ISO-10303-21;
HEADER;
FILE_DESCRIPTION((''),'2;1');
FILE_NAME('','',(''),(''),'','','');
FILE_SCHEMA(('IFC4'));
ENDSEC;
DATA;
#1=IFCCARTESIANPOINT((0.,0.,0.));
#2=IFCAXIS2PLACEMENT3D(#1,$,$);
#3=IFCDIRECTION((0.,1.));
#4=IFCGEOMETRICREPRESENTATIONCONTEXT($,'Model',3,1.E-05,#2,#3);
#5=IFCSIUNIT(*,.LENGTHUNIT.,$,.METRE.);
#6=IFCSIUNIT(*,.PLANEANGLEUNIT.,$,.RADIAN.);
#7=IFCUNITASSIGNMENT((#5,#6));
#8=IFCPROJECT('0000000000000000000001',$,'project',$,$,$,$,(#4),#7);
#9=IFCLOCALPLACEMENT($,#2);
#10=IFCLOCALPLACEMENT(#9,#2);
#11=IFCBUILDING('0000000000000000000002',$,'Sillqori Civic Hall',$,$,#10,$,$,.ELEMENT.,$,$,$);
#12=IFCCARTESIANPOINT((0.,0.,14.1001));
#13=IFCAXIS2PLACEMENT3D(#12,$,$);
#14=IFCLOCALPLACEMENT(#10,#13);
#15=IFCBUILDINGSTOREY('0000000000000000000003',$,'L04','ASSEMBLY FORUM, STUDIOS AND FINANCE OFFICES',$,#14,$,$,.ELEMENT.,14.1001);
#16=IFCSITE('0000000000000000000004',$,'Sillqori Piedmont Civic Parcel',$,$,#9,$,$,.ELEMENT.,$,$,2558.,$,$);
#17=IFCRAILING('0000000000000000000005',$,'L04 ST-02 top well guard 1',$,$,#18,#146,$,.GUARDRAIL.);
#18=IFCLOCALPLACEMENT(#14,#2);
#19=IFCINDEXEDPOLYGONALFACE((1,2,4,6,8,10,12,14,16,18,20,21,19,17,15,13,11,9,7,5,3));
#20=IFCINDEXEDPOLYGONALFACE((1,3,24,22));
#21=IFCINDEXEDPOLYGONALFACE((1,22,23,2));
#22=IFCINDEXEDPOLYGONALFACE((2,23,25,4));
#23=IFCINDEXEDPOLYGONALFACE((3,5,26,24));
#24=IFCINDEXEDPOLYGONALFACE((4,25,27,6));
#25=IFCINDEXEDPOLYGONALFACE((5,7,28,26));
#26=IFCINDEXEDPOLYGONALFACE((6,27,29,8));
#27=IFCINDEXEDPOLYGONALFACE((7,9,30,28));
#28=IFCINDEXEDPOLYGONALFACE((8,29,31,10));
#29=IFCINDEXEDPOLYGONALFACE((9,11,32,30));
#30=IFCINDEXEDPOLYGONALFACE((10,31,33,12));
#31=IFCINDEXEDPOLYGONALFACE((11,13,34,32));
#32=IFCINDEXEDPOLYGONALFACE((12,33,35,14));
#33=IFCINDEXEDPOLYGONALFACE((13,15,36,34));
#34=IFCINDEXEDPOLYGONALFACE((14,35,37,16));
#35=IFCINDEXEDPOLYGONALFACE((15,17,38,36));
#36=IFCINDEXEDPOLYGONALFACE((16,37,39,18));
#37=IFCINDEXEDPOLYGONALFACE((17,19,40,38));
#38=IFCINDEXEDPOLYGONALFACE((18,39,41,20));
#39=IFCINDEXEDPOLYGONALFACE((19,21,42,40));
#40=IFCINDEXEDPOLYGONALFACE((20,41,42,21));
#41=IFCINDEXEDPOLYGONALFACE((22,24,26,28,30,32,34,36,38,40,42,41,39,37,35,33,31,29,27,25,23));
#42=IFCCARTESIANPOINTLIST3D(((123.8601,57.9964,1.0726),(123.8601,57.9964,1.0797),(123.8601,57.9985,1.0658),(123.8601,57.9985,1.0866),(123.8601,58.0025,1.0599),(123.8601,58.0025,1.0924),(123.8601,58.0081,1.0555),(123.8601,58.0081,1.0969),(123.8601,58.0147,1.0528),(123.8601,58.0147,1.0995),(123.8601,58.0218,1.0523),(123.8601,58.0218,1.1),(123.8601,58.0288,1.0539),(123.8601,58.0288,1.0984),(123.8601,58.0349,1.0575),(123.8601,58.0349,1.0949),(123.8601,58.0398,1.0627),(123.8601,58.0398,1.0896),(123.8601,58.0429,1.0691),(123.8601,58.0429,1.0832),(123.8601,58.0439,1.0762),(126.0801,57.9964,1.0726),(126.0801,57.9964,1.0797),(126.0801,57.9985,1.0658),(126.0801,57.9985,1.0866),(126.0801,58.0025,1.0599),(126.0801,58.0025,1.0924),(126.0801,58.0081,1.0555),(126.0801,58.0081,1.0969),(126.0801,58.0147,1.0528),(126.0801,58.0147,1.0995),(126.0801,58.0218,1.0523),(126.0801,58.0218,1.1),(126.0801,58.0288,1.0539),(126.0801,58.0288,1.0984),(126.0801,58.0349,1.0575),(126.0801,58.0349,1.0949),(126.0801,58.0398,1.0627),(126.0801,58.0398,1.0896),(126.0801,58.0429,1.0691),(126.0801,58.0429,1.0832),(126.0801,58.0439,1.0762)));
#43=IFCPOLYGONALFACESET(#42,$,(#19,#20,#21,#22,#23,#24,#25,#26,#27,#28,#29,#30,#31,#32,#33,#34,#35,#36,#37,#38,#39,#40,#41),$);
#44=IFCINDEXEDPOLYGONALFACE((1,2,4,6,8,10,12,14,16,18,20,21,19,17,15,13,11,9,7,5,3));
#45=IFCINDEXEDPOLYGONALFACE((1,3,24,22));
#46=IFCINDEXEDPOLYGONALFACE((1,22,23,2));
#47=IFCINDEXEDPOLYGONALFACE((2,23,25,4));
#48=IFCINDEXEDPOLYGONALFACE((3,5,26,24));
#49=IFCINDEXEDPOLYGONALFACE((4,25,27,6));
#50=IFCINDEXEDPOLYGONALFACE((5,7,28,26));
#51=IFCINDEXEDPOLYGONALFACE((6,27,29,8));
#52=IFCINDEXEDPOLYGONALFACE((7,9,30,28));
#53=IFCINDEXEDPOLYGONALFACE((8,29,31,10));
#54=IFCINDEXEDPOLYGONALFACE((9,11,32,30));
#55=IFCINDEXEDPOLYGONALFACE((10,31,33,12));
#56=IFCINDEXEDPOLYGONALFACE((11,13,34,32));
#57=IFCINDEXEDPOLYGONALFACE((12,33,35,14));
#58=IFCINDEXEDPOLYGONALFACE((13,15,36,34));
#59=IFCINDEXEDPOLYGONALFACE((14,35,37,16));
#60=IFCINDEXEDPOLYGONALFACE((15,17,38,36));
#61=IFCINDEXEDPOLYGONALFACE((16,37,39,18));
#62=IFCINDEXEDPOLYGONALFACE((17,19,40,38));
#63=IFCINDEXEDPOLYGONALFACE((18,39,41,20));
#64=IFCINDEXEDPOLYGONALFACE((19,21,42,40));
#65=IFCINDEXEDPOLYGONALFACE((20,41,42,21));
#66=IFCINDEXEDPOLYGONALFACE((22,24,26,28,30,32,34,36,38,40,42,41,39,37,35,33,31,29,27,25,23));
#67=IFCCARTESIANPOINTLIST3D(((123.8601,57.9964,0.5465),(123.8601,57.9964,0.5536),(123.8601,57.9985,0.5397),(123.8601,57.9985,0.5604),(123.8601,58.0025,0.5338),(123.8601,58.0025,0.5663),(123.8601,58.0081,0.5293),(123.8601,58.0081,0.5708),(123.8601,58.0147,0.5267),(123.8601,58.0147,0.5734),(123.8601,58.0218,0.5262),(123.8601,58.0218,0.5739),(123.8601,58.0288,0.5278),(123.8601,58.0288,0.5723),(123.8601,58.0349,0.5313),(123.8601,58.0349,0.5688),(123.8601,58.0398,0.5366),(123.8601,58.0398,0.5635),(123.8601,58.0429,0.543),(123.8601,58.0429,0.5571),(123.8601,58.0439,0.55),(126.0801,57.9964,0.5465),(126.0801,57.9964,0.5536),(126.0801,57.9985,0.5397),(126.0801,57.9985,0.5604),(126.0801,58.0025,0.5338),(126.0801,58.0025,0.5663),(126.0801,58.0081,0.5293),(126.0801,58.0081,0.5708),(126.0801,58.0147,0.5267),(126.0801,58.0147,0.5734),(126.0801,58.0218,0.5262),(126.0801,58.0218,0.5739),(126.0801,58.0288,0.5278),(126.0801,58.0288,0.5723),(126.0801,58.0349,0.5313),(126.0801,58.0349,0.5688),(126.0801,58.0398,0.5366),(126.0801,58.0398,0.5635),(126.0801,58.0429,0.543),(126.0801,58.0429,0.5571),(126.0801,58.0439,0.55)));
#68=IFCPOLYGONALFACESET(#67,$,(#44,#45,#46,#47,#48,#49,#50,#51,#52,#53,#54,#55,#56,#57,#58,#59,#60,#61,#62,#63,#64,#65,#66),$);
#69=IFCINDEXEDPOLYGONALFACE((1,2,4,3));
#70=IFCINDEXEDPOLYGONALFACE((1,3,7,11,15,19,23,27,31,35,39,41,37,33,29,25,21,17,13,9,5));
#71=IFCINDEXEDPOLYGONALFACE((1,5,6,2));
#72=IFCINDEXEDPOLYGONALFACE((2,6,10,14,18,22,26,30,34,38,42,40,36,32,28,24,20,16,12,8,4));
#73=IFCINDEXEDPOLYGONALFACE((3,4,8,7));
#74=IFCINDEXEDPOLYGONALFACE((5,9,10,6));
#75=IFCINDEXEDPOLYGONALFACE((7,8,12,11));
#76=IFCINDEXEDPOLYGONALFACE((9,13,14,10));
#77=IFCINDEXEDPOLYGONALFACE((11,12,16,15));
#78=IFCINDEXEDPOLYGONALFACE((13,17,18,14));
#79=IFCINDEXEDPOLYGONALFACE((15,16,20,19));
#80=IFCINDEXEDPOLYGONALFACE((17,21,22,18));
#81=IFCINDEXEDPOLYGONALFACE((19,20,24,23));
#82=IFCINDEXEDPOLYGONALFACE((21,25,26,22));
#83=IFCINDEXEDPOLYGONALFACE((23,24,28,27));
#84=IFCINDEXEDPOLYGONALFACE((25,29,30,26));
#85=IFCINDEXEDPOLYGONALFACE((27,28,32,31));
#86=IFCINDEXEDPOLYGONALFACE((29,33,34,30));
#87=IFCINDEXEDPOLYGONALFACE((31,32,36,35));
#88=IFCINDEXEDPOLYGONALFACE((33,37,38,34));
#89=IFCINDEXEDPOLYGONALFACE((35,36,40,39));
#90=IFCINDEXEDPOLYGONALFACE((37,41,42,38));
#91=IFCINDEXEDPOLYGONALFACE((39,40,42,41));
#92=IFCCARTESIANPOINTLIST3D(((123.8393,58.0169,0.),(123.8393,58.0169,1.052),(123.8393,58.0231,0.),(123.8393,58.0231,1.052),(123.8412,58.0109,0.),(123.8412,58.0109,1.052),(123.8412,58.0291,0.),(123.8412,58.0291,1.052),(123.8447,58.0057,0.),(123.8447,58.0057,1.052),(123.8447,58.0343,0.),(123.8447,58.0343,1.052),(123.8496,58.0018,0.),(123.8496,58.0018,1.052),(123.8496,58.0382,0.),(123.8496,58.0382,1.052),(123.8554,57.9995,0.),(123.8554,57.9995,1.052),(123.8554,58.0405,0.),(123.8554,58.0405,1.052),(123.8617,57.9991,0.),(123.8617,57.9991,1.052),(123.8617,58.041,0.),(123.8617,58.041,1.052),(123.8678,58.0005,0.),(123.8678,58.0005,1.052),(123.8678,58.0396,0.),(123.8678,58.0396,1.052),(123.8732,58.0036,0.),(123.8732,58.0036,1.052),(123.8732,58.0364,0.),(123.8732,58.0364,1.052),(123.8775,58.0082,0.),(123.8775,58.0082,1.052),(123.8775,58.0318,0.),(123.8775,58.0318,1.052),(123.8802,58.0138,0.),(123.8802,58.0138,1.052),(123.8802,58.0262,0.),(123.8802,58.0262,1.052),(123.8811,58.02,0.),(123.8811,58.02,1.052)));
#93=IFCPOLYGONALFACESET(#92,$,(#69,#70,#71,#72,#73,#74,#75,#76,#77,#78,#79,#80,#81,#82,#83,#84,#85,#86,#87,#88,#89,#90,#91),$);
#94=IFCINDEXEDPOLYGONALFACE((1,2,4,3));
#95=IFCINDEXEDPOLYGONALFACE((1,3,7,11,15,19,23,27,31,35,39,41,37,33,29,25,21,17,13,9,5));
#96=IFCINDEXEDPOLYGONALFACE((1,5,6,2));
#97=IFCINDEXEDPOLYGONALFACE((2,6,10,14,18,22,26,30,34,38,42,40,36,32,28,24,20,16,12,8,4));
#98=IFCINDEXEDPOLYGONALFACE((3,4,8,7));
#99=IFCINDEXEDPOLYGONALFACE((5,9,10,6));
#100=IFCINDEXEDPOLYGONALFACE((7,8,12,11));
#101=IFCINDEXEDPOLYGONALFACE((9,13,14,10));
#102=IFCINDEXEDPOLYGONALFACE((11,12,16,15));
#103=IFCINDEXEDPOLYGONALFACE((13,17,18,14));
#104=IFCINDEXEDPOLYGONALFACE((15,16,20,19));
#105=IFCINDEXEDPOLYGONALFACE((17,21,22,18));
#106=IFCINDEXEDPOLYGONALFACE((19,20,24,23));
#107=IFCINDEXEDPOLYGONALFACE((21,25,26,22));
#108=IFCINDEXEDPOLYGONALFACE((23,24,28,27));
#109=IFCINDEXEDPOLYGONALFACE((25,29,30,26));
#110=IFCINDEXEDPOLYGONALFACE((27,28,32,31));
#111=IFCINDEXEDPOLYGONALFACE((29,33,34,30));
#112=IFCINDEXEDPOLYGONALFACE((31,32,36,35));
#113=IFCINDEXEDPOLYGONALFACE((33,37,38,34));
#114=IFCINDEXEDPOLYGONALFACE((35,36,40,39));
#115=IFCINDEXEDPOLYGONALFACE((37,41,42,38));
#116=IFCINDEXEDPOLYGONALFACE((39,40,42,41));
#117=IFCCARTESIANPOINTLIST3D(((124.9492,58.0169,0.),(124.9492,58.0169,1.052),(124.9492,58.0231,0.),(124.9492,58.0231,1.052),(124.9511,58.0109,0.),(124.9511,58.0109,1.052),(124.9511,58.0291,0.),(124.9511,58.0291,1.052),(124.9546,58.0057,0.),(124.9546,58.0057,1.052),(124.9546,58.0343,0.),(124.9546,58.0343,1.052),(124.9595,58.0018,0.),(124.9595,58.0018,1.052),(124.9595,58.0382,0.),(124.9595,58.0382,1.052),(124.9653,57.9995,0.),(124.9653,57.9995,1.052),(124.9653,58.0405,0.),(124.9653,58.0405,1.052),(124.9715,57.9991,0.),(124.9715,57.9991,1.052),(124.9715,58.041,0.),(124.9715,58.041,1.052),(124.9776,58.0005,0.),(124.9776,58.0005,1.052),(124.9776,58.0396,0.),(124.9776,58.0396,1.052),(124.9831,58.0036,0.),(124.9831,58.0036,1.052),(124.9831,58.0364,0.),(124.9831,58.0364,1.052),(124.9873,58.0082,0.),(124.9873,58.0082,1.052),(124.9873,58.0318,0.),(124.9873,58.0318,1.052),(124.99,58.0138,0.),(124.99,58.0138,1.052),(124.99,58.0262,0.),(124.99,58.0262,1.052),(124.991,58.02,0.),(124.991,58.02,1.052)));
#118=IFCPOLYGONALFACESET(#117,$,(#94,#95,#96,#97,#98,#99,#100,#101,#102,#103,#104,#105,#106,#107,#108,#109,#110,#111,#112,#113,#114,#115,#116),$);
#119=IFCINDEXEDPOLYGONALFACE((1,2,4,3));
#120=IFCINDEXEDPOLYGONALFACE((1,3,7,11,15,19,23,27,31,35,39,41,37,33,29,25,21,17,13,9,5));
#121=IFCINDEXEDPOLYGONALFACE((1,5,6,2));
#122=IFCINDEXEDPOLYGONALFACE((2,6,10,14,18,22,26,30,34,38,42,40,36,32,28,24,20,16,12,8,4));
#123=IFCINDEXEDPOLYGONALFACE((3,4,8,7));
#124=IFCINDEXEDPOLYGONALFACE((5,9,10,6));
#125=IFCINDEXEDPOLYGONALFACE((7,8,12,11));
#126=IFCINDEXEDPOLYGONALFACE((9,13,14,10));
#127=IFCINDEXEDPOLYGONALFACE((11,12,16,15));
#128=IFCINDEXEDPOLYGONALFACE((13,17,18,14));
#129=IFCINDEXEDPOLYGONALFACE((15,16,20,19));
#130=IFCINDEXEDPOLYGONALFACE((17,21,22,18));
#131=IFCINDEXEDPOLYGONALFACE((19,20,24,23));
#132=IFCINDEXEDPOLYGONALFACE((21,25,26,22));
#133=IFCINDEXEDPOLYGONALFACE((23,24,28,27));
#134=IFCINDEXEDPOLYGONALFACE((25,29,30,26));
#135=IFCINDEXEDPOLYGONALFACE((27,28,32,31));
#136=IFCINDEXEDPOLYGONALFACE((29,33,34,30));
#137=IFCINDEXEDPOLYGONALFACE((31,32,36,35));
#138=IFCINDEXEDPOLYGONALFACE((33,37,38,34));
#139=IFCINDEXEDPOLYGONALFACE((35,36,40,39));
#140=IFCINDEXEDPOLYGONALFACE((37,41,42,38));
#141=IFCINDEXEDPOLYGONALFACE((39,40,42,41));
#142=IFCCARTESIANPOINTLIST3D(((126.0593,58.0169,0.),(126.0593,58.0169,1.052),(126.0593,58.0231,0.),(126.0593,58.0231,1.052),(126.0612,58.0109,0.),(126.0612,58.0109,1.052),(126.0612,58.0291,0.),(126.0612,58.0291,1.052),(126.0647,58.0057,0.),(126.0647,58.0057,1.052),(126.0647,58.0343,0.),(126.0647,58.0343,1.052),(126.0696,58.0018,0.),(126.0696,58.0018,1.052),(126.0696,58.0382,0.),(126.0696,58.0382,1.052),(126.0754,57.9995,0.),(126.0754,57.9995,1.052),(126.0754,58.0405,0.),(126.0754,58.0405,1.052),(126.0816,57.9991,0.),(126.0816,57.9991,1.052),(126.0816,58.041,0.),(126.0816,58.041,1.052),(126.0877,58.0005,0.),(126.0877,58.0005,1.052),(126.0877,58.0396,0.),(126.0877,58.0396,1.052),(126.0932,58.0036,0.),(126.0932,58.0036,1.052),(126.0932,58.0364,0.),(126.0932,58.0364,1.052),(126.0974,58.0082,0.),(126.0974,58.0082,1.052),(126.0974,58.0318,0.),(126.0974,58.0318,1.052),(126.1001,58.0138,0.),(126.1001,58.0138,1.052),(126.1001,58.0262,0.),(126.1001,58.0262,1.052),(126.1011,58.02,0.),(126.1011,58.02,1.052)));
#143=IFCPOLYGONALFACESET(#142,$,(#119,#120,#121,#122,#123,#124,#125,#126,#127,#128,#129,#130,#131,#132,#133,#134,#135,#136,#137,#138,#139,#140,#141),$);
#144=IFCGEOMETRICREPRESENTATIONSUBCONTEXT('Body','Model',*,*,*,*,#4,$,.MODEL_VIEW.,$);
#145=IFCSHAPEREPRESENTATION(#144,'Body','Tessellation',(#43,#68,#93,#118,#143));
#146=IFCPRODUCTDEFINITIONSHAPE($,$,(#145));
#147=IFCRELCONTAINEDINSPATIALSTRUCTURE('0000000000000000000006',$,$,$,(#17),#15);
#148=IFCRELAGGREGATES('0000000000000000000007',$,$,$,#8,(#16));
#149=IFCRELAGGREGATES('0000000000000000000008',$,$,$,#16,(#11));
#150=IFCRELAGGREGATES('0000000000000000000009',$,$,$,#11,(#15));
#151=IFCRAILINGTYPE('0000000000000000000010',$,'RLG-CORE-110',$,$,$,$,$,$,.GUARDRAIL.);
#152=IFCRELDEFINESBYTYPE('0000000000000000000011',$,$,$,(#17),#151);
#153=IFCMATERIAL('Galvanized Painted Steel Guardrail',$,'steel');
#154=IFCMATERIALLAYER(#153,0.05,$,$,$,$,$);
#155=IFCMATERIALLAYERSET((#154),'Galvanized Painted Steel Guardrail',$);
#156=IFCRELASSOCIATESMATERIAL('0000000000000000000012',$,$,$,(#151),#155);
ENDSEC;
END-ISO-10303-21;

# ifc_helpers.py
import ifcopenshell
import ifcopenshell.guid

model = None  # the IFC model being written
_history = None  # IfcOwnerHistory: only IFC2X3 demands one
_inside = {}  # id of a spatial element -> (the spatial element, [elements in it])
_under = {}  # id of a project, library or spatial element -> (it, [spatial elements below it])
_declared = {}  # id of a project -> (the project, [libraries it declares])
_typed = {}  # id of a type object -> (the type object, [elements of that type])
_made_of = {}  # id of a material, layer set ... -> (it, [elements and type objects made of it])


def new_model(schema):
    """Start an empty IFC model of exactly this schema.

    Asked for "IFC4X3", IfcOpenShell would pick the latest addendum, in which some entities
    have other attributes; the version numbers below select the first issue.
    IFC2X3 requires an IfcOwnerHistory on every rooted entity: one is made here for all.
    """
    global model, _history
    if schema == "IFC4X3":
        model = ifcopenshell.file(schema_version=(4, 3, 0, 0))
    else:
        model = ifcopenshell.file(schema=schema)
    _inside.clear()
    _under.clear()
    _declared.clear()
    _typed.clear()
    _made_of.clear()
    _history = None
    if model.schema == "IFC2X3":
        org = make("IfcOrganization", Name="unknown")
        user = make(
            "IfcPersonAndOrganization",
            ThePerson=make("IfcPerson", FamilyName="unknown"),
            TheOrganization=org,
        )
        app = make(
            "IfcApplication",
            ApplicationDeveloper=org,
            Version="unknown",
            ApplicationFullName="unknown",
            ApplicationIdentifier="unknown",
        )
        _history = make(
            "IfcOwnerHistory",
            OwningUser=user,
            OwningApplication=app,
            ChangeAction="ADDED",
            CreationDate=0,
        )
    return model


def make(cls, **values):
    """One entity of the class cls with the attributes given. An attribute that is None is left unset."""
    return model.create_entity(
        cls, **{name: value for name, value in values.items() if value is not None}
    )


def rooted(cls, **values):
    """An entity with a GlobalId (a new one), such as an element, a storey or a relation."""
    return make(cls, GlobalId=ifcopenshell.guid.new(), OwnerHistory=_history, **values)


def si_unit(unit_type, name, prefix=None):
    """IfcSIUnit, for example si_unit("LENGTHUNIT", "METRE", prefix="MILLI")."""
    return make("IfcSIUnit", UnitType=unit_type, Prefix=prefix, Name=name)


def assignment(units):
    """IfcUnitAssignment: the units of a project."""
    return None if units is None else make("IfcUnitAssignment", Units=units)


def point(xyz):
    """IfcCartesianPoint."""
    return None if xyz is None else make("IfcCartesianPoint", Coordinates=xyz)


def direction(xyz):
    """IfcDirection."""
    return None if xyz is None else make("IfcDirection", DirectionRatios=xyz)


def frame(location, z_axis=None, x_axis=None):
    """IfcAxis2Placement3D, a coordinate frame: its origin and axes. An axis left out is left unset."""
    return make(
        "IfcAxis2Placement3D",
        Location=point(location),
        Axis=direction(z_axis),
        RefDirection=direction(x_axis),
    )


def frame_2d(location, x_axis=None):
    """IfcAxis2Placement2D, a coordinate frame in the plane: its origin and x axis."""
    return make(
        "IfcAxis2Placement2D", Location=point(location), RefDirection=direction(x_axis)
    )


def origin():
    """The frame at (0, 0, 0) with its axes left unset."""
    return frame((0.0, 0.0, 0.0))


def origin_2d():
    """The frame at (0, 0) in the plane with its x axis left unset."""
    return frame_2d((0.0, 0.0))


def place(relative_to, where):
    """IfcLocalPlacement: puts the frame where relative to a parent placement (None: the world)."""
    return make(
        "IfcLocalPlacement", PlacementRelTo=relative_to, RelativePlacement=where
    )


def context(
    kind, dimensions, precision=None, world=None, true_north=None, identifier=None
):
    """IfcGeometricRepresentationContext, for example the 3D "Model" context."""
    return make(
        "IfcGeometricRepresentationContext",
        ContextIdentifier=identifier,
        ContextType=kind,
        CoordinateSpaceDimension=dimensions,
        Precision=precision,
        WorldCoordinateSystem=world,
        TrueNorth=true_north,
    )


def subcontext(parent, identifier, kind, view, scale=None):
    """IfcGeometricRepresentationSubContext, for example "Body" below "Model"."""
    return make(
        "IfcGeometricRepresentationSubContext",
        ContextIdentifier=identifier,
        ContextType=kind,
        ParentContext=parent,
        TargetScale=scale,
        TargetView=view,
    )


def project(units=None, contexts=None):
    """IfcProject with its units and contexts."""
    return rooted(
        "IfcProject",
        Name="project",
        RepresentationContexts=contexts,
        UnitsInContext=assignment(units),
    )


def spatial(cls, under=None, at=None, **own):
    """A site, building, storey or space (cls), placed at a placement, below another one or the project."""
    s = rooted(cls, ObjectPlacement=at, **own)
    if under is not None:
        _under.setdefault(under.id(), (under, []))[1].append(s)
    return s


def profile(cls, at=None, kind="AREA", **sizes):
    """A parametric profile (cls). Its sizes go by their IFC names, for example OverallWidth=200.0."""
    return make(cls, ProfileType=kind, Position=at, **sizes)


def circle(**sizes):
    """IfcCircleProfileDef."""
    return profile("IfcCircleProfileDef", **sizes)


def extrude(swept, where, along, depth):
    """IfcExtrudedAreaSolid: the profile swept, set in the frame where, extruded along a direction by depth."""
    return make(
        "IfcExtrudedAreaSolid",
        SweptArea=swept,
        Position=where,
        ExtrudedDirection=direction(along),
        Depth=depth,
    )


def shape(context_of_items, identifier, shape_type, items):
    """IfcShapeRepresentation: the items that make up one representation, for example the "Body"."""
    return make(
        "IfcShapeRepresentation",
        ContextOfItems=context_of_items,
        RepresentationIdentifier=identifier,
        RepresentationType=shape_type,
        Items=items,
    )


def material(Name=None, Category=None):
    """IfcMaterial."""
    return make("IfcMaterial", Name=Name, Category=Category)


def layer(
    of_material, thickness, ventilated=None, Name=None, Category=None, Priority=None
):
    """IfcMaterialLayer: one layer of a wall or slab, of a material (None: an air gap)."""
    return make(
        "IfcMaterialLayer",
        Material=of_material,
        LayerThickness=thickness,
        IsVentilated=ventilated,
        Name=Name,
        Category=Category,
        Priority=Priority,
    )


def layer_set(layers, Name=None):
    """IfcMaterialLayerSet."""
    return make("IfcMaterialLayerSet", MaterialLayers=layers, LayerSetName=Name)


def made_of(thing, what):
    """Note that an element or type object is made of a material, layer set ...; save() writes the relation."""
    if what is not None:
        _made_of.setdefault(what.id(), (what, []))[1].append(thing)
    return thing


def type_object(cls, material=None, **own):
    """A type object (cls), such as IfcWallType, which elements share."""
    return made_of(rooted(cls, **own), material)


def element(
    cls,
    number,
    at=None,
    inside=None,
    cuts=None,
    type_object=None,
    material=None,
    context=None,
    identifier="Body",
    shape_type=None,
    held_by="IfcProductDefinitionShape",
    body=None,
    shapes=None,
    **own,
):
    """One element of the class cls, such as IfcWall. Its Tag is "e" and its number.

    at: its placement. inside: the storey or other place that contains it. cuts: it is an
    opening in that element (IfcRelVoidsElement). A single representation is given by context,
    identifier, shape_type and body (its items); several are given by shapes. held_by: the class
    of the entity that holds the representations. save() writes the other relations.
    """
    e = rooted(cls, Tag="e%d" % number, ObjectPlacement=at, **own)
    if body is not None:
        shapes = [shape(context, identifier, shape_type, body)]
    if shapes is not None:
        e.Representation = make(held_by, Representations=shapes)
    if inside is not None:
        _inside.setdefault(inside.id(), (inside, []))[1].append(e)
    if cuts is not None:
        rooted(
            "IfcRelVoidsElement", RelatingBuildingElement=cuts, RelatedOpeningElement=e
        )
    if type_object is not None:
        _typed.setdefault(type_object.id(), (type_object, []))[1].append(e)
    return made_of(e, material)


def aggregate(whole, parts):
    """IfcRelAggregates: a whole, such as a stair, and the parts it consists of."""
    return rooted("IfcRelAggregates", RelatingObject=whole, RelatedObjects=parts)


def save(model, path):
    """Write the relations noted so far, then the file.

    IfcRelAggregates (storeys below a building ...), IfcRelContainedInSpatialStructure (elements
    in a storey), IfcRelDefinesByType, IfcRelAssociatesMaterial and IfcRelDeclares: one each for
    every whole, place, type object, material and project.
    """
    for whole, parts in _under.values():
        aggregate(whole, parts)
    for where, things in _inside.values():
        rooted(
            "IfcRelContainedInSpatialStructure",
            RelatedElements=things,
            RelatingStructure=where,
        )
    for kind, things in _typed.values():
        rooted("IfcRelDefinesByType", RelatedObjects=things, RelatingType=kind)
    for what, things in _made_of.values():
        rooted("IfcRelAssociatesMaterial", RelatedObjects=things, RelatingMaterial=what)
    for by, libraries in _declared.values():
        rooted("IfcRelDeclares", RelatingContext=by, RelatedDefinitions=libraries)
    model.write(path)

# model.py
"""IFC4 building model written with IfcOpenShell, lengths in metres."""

from ifc_helpers import new_model, si_unit, direction, frame, origin, origin_2d, place, context, subcontext, project, spatial, circle, extrude, material, layer, layer_set, type_object, element, save


model = new_model("IFC4")

# Units and contexts
model_context = context("Model", 3, precision=1e-05, world=origin(), true_north=direction((0.0, 1.0)))
body_context = subcontext(model_context, "Body", "Model", "MODEL_VIEW")
ifc_project = project(units=[si_unit("LENGTHUNIT", "METRE"), si_unit("PLANEANGLEUNIT", "RADIAN")], contexts=[model_context])

# Site, building, storey
site_placement = place(None, origin())
site = spatial("IfcSite", under=ifc_project, at=site_placement, Name="Sillqori Piedmont Civic Parcel", CompositionType="ELEMENT", RefElevation=2558.0)
building_placement = place(site_placement, origin())
building = spatial("IfcBuilding", under=site, at=building_placement, Name="Sillqori Civic Hall", CompositionType="ELEMENT")
storey_placement = place(building_placement, frame((0.0, 0.0, 14.1001)))
storey = spatial("IfcBuildingStorey", under=building, at=storey_placement, Name="L04", Description="ASSEMBLY FORUM, STUDIOS AND FINANCE OFFICES", CompositionType="ELEMENT", Elevation=14.1001)

# Railing
ifc_material_1 = material(Name="Galvanized Painted Steel Guardrail", Category="steel")
ifc_layer_1 = layer(ifc_material_1, 0.05)
ifc_layer_set_1 = layer_set([ifc_layer_1], Name="Galvanized Painted Steel Guardrail")
railing_type = type_object("IfcRailingType", Name="RLG-CORE-110", PredefinedType="GUARDRAIL", material=ifc_layer_set_1)
railing_placement = place(storey_placement, frame((123.8601, 58.02, 0.0)))
element("IfcRailing", 1, at=railing_placement, inside=storey, type_object=railing_type, Name="L04 ST-02 top well guard 1", PredefinedType="GUARDRAIL", context=body_context, shape_type="SweptSolid", body=[
    extrude(circle(Radius=0.0239, at=origin_2d()), frame((0.0, 0.0, 1.0762), z_axis=(1.0, 0.0, 0.0), x_axis=(0.0, 1.0, 0.0)), (0.0, 0.0, 1.0), 2.22),
    extrude(circle(Radius=0.0239, at=origin_2d()), frame((0.0, 0.0, 0.55), z_axis=(1.0, 0.0, 0.0), x_axis=(0.0, 1.0, 0.0)), (0.0, 0.0, 1.0), 2.22),
    extrude(circle(Radius=0.021, at=origin_2d()), origin(), (0.0, 0.0, 1.0), 1.052),
    extrude(circle(Radius=0.021, at=origin_2d()), frame((1.1099, 0.0, 0.0)), (0.0, 0.0, 1.0), 1.052),
    extrude(circle(Radius=0.021, at=origin_2d()), frame((2.22, 0.0, 0.0)), (0.0, 0.0, 1.0), 1.052),
])

save(model, "model.ifc")
